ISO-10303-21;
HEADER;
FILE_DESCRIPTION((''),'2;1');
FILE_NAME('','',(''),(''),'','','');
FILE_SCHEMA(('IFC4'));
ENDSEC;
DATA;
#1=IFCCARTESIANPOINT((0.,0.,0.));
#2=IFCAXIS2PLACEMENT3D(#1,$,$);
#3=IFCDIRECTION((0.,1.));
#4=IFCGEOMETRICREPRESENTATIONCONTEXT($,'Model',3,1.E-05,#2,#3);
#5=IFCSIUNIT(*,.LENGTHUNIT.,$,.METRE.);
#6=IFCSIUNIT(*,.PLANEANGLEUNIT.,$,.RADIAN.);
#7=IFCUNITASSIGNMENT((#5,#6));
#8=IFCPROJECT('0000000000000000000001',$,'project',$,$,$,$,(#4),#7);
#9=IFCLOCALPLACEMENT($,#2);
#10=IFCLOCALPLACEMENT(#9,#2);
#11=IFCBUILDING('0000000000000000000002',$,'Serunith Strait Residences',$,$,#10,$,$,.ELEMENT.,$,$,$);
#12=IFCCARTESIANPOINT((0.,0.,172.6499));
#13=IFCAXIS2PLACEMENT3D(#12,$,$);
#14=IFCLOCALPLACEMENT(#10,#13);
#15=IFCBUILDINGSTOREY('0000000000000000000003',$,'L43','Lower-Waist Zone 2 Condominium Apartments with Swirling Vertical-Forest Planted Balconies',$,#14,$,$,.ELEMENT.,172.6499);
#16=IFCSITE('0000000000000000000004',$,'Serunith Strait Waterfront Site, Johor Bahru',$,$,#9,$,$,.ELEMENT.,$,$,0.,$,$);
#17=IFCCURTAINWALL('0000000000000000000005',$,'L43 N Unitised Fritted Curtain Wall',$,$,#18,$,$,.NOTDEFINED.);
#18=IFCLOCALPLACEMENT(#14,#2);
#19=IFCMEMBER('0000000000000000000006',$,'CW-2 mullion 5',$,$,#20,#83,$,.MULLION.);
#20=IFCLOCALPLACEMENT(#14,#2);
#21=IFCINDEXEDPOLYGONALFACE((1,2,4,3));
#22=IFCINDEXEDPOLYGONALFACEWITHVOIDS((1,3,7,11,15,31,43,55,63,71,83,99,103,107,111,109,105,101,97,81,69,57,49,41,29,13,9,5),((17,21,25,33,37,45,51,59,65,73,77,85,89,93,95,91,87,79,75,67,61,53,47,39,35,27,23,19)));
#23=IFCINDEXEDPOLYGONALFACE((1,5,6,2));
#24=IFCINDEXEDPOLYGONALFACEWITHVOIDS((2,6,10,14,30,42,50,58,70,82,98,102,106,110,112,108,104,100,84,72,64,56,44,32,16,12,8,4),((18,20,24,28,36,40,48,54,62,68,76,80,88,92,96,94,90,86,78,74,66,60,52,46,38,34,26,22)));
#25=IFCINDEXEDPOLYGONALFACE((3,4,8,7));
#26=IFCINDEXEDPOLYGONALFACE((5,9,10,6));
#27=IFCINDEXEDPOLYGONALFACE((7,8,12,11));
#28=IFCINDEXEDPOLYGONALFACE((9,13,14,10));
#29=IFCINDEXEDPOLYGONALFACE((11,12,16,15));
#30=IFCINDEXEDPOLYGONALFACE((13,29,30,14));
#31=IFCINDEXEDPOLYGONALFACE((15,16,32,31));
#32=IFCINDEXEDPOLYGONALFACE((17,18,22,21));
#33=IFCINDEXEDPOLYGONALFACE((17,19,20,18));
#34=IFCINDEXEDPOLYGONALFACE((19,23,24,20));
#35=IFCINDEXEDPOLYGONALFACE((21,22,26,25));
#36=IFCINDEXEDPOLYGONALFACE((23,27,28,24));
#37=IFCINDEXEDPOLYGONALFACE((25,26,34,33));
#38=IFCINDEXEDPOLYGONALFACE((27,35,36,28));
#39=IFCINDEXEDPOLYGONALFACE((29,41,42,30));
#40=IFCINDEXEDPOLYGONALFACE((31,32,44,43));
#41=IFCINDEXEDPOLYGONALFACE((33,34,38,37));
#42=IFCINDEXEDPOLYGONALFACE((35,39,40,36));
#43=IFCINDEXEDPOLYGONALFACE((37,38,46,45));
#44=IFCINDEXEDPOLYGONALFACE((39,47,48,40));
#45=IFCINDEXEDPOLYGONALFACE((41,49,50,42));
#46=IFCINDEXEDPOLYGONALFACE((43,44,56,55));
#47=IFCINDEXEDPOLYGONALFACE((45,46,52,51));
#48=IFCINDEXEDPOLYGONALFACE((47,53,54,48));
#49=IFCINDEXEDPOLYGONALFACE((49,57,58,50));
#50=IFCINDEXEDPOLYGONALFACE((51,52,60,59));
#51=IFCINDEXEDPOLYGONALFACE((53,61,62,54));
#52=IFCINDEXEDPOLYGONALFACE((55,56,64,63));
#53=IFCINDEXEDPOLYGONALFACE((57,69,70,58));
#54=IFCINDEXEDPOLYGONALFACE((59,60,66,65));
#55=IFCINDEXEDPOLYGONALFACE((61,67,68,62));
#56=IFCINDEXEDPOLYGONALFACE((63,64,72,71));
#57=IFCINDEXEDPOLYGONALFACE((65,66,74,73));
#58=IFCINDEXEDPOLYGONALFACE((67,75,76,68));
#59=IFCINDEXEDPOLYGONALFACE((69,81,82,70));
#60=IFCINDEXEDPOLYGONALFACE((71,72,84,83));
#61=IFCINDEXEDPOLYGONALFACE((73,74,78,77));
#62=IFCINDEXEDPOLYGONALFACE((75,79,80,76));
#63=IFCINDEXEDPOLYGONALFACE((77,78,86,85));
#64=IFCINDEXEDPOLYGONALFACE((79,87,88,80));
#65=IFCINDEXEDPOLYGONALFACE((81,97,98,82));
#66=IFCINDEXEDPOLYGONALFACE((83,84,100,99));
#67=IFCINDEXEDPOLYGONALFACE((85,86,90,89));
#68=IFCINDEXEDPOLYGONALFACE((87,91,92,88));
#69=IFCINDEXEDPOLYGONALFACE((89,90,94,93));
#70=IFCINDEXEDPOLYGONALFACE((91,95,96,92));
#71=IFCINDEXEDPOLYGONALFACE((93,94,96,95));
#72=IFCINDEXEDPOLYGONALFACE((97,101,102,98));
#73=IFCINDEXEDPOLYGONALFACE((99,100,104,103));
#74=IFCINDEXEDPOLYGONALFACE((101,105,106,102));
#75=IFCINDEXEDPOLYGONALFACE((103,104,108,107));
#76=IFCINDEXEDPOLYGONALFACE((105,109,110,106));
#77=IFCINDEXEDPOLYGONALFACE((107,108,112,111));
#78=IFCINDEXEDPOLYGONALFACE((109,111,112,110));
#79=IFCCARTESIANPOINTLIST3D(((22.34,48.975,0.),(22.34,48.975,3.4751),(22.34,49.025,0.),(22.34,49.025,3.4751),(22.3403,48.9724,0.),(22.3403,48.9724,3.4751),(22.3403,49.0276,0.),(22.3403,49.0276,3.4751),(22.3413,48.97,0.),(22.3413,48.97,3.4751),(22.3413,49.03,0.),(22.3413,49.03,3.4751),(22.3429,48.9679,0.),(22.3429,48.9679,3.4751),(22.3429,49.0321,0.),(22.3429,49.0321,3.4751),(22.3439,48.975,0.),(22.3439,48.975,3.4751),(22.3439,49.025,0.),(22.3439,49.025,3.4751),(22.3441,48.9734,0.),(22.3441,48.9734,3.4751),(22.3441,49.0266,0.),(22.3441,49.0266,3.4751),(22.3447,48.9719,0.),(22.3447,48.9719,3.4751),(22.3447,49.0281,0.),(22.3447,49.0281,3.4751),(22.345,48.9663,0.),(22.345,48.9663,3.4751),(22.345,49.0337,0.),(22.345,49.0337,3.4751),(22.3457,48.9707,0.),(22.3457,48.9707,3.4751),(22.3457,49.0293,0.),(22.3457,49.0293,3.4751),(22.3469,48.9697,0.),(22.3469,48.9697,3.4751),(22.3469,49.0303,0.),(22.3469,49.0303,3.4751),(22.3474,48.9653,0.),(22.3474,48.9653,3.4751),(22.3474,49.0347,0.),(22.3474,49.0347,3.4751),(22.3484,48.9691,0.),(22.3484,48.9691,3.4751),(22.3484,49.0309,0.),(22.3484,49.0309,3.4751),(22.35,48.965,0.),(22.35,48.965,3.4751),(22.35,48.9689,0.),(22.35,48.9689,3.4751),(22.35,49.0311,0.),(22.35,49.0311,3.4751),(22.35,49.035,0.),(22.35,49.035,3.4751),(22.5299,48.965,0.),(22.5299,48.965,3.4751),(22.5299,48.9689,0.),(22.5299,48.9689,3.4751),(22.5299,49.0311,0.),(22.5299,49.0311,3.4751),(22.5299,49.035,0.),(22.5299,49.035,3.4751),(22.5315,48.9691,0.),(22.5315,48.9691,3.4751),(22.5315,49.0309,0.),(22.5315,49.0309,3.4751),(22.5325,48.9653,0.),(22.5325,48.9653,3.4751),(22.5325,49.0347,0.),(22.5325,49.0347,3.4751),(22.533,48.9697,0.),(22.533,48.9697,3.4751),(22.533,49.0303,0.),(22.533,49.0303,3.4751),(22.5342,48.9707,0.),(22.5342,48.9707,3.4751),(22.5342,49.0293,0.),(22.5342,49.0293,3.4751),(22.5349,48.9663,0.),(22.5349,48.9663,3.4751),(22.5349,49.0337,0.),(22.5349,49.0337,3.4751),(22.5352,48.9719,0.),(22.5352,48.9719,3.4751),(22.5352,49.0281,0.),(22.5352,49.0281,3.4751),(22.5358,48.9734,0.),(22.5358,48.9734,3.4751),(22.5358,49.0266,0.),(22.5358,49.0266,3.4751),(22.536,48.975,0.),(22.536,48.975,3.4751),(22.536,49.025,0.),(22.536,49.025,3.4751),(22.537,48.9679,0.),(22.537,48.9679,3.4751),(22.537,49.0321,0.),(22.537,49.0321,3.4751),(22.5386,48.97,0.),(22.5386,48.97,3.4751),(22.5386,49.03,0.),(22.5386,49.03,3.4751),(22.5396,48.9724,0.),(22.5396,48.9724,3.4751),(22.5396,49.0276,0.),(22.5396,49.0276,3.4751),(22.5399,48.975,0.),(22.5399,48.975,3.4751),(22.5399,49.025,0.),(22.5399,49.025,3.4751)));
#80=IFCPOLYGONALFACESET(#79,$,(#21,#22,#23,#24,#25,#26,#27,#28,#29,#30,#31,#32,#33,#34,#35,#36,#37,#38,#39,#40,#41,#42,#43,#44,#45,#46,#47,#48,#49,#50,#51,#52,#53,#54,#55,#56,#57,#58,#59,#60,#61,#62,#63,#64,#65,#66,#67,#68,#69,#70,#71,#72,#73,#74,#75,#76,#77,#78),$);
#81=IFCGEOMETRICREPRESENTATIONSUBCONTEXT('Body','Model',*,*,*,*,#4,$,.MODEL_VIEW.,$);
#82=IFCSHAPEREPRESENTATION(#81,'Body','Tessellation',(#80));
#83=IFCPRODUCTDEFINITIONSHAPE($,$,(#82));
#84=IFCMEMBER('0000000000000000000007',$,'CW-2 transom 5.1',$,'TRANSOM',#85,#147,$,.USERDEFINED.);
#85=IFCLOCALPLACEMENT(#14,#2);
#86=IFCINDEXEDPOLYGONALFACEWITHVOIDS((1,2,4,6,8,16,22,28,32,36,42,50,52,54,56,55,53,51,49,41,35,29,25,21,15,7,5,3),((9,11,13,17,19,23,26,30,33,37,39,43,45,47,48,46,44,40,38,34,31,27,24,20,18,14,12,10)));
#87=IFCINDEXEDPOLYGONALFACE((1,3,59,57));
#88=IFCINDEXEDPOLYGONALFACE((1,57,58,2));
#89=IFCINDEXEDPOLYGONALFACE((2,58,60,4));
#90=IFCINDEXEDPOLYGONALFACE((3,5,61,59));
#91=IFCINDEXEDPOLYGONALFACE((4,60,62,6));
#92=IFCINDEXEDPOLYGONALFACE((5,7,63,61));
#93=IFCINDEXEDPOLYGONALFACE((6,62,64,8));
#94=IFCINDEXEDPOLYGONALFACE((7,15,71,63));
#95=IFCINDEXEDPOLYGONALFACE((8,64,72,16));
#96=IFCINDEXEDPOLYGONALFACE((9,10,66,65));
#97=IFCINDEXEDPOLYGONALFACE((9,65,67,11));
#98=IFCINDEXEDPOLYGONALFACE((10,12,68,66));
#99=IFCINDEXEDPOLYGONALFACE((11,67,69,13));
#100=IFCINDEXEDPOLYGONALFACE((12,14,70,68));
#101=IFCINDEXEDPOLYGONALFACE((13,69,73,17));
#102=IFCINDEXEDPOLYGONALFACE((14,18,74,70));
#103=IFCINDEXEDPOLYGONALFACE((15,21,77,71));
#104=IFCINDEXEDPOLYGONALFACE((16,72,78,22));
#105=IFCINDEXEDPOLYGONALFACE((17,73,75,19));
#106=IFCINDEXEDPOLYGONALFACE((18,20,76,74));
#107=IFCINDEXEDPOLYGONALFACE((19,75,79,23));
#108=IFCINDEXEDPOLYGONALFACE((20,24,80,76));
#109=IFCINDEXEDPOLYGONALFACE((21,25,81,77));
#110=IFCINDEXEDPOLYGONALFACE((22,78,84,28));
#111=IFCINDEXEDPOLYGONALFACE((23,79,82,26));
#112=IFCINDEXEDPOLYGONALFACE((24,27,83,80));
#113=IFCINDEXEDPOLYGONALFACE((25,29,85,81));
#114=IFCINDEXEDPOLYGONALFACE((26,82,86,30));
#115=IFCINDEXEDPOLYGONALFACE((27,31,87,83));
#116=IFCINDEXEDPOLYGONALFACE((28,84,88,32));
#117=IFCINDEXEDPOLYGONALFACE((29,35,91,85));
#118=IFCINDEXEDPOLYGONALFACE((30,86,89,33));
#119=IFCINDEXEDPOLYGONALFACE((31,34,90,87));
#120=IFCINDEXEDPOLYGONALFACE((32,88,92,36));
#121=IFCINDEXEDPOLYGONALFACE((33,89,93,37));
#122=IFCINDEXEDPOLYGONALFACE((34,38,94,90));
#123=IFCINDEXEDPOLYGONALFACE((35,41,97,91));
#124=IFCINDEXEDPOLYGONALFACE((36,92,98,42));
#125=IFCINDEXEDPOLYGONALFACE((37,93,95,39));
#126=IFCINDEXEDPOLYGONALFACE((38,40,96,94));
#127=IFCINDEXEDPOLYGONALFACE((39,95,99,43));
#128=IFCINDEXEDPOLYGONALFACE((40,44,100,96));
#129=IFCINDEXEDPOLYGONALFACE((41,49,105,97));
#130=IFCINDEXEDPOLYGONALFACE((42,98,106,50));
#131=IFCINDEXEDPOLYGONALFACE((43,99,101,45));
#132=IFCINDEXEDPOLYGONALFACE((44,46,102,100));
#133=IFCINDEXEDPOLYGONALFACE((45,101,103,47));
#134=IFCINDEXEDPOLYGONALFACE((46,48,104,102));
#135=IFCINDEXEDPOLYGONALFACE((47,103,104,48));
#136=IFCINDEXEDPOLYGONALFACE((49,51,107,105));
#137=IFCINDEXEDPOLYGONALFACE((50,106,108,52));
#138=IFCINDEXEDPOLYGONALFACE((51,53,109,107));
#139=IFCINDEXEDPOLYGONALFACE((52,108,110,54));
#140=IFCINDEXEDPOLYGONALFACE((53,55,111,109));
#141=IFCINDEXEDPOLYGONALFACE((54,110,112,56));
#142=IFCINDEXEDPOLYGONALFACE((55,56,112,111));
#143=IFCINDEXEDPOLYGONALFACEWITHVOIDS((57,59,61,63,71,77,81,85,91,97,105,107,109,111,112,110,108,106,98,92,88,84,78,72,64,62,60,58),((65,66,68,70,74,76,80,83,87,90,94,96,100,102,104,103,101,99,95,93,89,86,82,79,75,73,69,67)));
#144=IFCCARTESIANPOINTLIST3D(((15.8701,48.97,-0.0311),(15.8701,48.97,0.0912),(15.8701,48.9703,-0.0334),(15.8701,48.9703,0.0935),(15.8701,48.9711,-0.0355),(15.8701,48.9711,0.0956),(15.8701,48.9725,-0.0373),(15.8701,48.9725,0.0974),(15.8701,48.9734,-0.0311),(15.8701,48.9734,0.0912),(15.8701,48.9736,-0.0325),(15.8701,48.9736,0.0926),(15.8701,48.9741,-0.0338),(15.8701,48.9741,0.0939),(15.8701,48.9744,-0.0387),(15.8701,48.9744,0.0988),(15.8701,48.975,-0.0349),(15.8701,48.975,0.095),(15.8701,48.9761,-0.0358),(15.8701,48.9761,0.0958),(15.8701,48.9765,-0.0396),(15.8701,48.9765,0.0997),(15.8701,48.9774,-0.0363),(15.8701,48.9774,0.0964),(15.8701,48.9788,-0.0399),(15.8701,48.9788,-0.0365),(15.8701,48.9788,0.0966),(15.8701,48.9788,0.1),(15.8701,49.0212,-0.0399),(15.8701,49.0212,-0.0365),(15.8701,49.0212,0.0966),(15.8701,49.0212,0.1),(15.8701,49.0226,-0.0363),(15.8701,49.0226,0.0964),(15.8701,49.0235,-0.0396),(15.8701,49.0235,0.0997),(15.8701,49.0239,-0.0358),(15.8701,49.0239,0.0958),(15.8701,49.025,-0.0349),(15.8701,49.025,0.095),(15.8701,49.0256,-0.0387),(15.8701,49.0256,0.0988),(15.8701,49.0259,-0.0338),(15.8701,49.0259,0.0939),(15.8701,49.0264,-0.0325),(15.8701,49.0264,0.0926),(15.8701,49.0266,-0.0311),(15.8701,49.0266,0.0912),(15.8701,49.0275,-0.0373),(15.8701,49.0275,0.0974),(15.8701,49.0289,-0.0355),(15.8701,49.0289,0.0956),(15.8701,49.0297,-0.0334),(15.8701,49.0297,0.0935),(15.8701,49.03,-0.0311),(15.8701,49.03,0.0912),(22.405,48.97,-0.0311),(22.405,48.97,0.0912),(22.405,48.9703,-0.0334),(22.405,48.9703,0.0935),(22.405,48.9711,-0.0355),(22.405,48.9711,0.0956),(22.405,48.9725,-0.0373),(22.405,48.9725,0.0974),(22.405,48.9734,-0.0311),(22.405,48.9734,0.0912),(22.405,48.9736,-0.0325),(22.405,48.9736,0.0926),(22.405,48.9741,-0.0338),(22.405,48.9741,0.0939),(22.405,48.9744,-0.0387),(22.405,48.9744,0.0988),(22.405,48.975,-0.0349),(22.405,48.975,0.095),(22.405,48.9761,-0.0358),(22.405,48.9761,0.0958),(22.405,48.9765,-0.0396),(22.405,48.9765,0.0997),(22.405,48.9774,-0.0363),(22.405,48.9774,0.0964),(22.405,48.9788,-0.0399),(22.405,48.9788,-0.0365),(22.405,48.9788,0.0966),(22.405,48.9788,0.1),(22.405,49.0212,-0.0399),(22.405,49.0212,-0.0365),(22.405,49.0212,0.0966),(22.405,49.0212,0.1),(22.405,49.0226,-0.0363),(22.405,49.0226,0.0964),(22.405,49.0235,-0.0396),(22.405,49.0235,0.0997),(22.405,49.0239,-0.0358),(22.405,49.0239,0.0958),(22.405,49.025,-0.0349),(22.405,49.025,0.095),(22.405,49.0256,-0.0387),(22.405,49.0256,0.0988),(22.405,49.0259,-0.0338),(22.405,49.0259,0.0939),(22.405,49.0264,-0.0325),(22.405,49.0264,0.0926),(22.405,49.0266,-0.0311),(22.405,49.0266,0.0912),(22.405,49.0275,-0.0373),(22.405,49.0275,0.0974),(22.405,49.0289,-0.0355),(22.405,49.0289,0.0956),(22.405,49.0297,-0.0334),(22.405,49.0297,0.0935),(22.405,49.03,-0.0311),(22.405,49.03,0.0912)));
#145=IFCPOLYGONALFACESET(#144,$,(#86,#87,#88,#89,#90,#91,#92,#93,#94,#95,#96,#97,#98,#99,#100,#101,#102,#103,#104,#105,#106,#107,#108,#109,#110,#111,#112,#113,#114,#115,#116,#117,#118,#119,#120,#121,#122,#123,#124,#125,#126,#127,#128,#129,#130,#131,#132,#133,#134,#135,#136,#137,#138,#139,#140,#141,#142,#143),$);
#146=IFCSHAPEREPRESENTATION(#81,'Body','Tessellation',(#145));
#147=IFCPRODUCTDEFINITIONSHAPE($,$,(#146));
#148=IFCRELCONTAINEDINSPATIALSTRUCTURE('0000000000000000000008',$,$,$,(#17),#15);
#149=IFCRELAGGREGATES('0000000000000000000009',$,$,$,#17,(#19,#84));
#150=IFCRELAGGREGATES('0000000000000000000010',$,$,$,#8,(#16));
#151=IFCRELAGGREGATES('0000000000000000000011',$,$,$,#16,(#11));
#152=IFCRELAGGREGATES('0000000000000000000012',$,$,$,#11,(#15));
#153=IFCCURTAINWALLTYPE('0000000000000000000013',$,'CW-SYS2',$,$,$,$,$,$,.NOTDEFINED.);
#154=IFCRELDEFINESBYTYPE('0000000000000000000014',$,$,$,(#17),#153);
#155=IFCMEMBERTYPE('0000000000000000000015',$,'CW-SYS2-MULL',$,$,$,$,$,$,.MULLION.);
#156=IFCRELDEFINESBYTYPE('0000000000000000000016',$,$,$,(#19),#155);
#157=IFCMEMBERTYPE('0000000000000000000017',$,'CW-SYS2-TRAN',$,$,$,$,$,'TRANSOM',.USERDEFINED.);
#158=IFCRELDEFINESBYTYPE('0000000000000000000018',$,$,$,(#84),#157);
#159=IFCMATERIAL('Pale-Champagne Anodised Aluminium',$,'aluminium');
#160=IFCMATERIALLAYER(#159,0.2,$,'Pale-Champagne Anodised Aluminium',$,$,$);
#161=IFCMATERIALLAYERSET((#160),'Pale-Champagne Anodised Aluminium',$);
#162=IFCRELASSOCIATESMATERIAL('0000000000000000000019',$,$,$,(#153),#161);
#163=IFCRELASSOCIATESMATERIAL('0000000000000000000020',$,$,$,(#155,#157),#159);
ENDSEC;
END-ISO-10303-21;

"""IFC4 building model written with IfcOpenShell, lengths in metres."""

from ifc_helpers import new_model, si_unit, direction, frame, origin, origin_2d, place, context, subcontext, project, spatial, hollow_rectangle, extrude, source, transform, mapped, material, layer, layer_set, material_profile, profile_set, type_object, element, aggregate, save


model = new_model("IFC4")

# Units and contexts
model_context = context("Model", 3, precision=1e-05, world=origin(), true_north=direction((0.0, 1.0)))
body_context = subcontext(model_context, "Body", "Model", "MODEL_VIEW")
ifc_project = project(units=[si_unit("LENGTHUNIT", "METRE"), si_unit("PLANEANGLEUNIT", "RADIAN")], contexts=[model_context])

# Site, building, storey
site_placement = place(None, origin())
site = spatial("IfcSite", under=ifc_project, at=site_placement, Name="Serunith Strait Waterfront Site, Johor Bahru", CompositionType="ELEMENT", RefElevation=0.0)
building_placement = place(site_placement, origin())
building = spatial("IfcBuilding", under=site, at=building_placement, Name="Serunith Strait Residences", CompositionType="ELEMENT")
storey_placement = place(building_placement, frame((0.0, 0.0, 172.6499)))
storey = spatial("IfcBuildingStorey", under=building, at=storey_placement, Name="L43", Description="Lower-Waist Zone 2 Condominium Apartments with Swirling Vertical-Forest Planted Balconies", CompositionType="ELEMENT", Elevation=172.6499)

# Curtain wall, members
ifc_material_1 = material(Name="Pale-Champagne Anodised Aluminium", Category="aluminium")
ifc_layer_1 = layer(ifc_material_1, 0.2, Name="Pale-Champagne Anodised Aluminium")
ifc_layer_set_1 = layer_set([ifc_layer_1], Name="Pale-Champagne Anodised Aluminium")
curtain_wall_type = type_object("IfcCurtainWallType", Name="CW-SYS2", PredefinedType="NOTDEFINED", material=ifc_layer_set_1)
curtain_wall_placement = place(storey_placement, origin())
curtain_wall = element("IfcCurtainWall", 1, at=curtain_wall_placement, inside=storey, type_object=curtain_wall_type, Name="L43 N Unitised Fritted Curtain Wall", PredefinedType="NOTDEFINED")
ifc_material_profile_1 = material_profile(ifc_material_1, hollow_rectangle(XDim=0.0701, YDim=0.2, WallThickness=0.0039, InnerFilletRadius=0.0061, OuterFilletRadius=0.01, at=origin_2d()), Name="ALU 200x70x4")
ifc_profile_set_1 = profile_set([ifc_material_profile_1], Name="Pale-Champagne Anodised Aluminium")
member_type_1 = type_object("IfcMemberType", Name="CW-SYS2-MULL", PredefinedType="MULLION", material=ifc_profile_set_1)
shared_shape_1 = source(origin(), body_context, "Body", "SweptSolid", [
    extrude(hollow_rectangle(XDim=0.0701, YDim=0.2, WallThickness=0.0039, InnerFilletRadius=0.0061, OuterFilletRadius=0.01, at=origin_2d()), origin(), (0.0, 0.0, 1.0), 3.4751),
])
member_1_placement = place(storey_placement, frame((22.4399, 49.0, 0.0), z_axis=(0.0, 0.0, 1.0), x_axis=(0.0, -1.0, 0.0)))
member_1 = element("IfcMember", 2, at=member_1_placement, type_object=member_type_1, Name="CW-2 mullion 5", PredefinedType="MULLION", context=body_context, shape_type="MappedRepresentation", body=[
    mapped(shared_shape_1, transform((0.0, 0.0, 0.0), scale=1.0)),
])
ifc_material_profile_2 = material_profile(ifc_material_1, hollow_rectangle(XDim=0.0601, YDim=0.1399, WallThickness=0.0034, InnerFilletRadius=0.0054, OuterFilletRadius=0.0088, at=origin_2d()), Name="ALU 140x60x3.5")
ifc_profile_set_2 = profile_set([ifc_material_profile_2], Name="Pale-Champagne Anodised Aluminium")
member_type_2 = type_object("IfcMemberType", Name="CW-SYS2-TRAN", ElementType="TRANSOM", PredefinedType="USERDEFINED", material=ifc_profile_set_2)
shared_shape_2 = source(origin(), body_context, "Body", "SweptSolid", [
    extrude(hollow_rectangle(XDim=0.0601, YDim=0.1399, WallThickness=0.0034, InnerFilletRadius=0.0054, OuterFilletRadius=0.0088, at=origin_2d()), origin(), (0.0, 0.0, 1.0), 6.5349),
])
member_2_placement = place(storey_placement, frame((22.405, 49.0, 0.03), z_axis=(-1.0, 0.0, 0.0), x_axis=(0.0, -1.0, 0.0)))
member_2 = element("IfcMember", 3, at=member_2_placement, type_object=member_type_2, Name="CW-2 transom 5.1", ObjectType="TRANSOM", PredefinedType="USERDEFINED", context=body_context, shape_type="MappedRepresentation", body=[
    mapped(shared_shape_2, transform((0.0, 0.0, 0.0), scale=1.0)),
])
aggregate(curtain_wall, [member_1, member_2])

save(model, "model.ifc")
